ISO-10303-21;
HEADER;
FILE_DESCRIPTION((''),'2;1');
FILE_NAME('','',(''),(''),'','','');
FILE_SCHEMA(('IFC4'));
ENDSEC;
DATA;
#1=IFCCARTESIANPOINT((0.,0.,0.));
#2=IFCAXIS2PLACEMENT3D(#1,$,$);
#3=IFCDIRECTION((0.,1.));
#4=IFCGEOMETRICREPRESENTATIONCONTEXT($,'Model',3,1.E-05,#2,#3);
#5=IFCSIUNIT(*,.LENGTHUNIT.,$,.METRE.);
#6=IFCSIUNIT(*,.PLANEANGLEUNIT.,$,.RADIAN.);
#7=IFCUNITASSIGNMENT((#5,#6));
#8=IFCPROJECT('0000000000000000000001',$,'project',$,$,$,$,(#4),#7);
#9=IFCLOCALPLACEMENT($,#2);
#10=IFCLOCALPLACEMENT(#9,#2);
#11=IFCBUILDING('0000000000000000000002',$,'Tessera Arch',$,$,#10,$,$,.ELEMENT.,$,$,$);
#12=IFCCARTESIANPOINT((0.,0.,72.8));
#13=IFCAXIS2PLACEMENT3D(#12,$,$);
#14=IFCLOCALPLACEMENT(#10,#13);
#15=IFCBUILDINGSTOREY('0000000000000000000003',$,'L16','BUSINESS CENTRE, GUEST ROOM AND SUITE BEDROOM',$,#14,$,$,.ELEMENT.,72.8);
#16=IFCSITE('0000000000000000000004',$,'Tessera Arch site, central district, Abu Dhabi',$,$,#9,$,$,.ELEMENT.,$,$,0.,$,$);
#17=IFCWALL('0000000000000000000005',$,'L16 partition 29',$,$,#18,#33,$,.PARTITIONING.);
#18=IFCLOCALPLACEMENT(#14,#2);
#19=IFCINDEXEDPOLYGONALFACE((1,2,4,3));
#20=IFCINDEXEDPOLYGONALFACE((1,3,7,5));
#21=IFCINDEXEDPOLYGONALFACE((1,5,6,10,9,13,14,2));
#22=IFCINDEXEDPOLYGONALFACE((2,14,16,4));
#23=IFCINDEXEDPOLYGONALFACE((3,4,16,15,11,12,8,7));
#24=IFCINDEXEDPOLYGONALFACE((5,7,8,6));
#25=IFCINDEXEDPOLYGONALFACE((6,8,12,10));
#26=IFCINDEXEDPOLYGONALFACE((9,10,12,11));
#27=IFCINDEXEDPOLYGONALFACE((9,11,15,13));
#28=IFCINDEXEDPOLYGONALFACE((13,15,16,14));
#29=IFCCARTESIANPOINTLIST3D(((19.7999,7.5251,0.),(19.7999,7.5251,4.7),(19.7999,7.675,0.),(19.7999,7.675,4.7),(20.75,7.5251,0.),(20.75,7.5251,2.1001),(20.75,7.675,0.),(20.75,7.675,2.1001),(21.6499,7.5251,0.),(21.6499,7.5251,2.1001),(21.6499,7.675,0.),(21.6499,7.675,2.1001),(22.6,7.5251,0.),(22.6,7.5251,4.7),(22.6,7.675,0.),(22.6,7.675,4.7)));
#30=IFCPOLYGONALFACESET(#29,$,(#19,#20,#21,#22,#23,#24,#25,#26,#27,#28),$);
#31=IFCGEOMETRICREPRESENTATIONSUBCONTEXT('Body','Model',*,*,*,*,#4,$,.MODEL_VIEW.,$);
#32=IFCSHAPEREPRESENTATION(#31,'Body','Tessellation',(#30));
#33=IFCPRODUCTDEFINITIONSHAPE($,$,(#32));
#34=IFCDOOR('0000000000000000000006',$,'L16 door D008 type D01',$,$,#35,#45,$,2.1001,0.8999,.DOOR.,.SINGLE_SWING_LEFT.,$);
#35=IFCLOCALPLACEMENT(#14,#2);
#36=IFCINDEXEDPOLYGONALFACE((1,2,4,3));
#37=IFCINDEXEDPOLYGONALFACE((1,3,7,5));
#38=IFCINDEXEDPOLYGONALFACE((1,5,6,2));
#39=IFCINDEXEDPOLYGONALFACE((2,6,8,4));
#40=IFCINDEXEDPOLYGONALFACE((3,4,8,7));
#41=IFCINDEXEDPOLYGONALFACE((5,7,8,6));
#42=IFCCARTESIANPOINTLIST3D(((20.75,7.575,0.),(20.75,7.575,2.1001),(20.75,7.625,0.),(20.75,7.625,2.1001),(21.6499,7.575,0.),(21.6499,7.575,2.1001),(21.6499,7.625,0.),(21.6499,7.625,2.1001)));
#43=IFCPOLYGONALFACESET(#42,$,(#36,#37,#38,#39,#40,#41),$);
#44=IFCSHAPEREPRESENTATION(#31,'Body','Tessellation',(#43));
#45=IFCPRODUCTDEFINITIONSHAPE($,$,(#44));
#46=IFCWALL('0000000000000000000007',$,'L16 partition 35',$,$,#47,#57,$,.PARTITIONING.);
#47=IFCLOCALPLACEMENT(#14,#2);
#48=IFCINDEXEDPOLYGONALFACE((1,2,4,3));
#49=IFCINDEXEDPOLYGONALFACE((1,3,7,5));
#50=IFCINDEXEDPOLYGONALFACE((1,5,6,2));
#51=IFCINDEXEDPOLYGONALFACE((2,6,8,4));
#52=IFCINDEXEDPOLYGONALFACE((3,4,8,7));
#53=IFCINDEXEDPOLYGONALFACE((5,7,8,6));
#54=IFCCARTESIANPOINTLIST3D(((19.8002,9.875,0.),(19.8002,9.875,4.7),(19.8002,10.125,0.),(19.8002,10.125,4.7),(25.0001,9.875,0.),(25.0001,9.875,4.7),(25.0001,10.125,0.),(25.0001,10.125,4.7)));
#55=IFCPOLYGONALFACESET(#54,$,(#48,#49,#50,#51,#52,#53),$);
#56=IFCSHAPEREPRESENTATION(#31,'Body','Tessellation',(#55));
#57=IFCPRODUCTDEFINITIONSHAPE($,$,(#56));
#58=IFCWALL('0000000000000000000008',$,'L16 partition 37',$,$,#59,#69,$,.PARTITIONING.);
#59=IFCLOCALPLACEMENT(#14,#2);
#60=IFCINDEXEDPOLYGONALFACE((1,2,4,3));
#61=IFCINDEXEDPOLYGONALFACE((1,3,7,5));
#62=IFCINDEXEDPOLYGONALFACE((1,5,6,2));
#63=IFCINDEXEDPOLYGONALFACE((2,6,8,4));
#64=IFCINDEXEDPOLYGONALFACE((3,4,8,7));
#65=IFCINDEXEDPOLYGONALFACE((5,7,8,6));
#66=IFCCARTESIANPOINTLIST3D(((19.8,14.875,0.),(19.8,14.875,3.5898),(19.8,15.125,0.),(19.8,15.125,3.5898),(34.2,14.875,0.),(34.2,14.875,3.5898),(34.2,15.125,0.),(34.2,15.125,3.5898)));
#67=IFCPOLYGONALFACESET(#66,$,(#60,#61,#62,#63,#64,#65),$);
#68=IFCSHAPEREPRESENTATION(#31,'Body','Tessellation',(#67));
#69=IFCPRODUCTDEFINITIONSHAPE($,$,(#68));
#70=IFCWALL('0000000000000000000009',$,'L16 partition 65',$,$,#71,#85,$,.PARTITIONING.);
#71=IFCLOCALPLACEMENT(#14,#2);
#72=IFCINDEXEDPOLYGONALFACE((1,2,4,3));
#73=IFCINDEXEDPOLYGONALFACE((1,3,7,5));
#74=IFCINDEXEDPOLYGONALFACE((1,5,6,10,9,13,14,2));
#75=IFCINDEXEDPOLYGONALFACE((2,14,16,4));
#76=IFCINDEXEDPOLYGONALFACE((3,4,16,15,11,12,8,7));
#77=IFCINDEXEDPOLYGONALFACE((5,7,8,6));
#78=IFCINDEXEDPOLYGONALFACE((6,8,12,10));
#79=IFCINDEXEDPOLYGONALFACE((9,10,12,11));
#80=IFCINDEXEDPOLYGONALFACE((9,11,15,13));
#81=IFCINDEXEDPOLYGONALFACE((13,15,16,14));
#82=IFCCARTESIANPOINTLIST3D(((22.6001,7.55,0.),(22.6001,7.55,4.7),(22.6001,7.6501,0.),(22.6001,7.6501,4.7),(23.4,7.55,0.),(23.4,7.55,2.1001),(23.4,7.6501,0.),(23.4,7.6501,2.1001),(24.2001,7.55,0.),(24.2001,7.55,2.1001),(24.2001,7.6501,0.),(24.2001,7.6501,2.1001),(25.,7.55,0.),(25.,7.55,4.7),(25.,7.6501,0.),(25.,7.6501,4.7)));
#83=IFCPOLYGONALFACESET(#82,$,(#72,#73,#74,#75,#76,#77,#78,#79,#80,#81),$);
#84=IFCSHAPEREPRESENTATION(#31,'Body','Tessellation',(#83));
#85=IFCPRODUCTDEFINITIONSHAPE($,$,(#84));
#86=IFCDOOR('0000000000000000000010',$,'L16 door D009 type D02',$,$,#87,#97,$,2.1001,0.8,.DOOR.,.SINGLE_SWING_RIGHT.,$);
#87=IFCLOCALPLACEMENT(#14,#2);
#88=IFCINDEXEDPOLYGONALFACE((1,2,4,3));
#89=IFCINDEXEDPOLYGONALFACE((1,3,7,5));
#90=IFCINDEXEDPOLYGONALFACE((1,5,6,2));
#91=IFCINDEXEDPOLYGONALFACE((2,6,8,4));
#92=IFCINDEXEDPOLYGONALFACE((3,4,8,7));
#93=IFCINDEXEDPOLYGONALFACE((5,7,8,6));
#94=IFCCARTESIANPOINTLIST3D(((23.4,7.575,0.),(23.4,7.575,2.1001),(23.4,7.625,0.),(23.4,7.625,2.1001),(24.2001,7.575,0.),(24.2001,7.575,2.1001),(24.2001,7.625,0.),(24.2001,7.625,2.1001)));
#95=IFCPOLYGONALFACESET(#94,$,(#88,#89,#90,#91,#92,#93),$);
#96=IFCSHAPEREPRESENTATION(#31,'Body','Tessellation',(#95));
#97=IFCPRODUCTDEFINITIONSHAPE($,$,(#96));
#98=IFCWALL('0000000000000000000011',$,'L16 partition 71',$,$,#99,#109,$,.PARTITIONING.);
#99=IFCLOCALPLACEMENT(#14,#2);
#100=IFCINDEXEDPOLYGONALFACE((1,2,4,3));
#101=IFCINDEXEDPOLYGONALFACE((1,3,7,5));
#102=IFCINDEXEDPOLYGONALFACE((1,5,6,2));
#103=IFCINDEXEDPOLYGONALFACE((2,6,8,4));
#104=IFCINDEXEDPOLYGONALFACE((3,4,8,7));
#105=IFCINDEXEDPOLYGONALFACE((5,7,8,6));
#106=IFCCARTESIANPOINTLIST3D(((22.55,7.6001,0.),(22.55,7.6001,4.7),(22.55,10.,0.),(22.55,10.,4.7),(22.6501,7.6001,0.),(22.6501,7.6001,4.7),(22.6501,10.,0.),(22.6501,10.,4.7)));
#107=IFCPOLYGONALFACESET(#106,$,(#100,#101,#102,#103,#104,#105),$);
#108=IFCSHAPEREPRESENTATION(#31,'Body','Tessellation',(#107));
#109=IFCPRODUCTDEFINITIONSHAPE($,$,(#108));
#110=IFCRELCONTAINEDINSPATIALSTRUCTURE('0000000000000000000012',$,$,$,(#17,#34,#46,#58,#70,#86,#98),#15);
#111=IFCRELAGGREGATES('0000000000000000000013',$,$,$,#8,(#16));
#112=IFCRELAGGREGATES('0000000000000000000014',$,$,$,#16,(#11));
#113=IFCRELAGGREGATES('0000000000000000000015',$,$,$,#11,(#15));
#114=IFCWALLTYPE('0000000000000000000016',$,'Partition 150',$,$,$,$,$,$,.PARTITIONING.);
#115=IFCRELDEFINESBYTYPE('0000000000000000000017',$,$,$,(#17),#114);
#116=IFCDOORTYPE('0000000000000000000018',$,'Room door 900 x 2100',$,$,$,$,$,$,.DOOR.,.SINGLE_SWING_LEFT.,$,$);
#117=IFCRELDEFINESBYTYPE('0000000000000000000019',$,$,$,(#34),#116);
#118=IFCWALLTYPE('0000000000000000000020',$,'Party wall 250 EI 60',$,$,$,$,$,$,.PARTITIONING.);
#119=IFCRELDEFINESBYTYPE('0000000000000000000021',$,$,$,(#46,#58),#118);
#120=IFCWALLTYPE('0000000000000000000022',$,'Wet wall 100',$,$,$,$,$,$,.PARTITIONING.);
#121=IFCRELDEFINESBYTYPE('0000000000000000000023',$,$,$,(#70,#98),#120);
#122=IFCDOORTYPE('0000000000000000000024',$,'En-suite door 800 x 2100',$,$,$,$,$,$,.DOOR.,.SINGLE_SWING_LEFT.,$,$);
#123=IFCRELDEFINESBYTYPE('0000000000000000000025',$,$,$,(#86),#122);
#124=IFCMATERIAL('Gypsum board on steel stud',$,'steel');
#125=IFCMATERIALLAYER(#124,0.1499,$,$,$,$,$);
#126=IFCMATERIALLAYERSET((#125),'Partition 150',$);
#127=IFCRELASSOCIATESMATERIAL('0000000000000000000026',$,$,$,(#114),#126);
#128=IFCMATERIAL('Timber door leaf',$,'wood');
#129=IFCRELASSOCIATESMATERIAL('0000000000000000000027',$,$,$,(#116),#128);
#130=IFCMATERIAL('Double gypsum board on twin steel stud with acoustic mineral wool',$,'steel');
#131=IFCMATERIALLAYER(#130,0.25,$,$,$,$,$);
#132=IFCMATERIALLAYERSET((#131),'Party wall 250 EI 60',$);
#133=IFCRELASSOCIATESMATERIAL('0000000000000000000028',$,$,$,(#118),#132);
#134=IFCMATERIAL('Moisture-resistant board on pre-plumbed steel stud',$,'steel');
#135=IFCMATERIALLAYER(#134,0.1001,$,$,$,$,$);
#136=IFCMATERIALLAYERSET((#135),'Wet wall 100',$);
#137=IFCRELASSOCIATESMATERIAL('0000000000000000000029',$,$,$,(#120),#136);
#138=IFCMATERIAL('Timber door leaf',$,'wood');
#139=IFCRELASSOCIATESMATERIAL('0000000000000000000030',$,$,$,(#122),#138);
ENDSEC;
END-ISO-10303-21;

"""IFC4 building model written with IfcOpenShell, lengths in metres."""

from ifc_helpers import new_model, si_unit, direction, frame, frame_2d, origin, place, context, subcontext, project, spatial, rectangle, extrude, material, layer, layer_set, type_object, element, fill, save


model = new_model("IFC4")

# Units and contexts
model_context = context("Model", 3, precision=1e-05, world=origin(), true_north=direction((0.0, 1.0)))
body_context = subcontext(model_context, "Body", "Model", "MODEL_VIEW")
ifc_project = project(units=[si_unit("LENGTHUNIT", "METRE"), si_unit("PLANEANGLEUNIT", "RADIAN")], contexts=[model_context])

# Site, building, storey
site_placement = place(None, origin())
site = spatial("IfcSite", under=ifc_project, at=site_placement, Name="Tessera Arch site, central district, Abu Dhabi", CompositionType="ELEMENT", RefElevation=0.0)
building_placement = place(site_placement, origin())
building = spatial("IfcBuilding", under=site, at=building_placement, Name="Tessera Arch", CompositionType="ELEMENT")
storey_placement = place(building_placement, frame((0.0, 0.0, 72.8)))
storey = spatial("IfcBuildingStorey", under=building, at=storey_placement, Name="L16", Description="BUSINESS CENTRE, GUEST ROOM AND SUITE BEDROOM", CompositionType="ELEMENT", Elevation=72.8)

# Wall, opening, door
ifc_material_1 = material(Name="Gypsum board on steel stud", Category="steel")
ifc_layer_1 = layer(ifc_material_1, 0.1499)
ifc_layer_set_1 = layer_set([ifc_layer_1], Name="Partition 150")
wall_type_1 = type_object("IfcWallType", Name="Partition 150", PredefinedType="PARTITIONING", material=ifc_layer_set_1)
wall_1_placement = place(storey_placement, frame((19.8, 7.6001, 0.0), z_axis=(0.0, 0.0, 1.0), x_axis=(1.0, 0.0, 0.0)))
wall_1 = element("IfcWall", 1, at=wall_1_placement, inside=storey, type_object=wall_type_1, Name="L16 partition 29", PredefinedType="PARTITIONING", context=body_context, shape_type="SweptSolid", body=[
    extrude(rectangle(XDim=2.8, YDim=0.1499, at=frame_2d((1.3999, 0.0))), origin(), (0.0, 0.0, 1.0), 4.7),
])
opening_1_placement = place(wall_1_placement, frame((0.95, 0.0, 0.0)))
opening_1 = element("IfcOpeningElement", 2, at=opening_1_placement, cuts=wall_1, PredefinedType="OPENING", context=body_context, shape_type="SweptSolid", body=[
    extrude(rectangle(XDim=0.8999, YDim=2.1001, at=frame_2d((0.45, 1.05))), frame((0.0, 0.085, 0.0), z_axis=(0.0, -1.0, 0.0), x_axis=(1.0, 0.0, 0.0)), (0.0, 0.0, 1.0), 0.1699),
])
ifc_material_2 = material(Name="Timber door leaf", Category="wood")
door_type_1 = type_object("IfcDoorType", Name="Room door 900 x 2100", OperationType="SINGLE_SWING_LEFT", PredefinedType="DOOR", material=ifc_material_2)
door_1_placement = place(opening_1_placement, origin())
door_1 = element("IfcDoor", 3, at=door_1_placement, inside=storey, type_object=door_type_1, Name="L16 door D008 type D01", OperationType="SINGLE_SWING_LEFT", OverallHeight=2.1001, OverallWidth=0.8999, PredefinedType="DOOR", context=body_context, shape_type="SweptSolid", body=[
    extrude(rectangle(XDim=0.8999, YDim=2.1001, at=frame_2d((0.45, 1.05))), frame((0.0, 0.0249, 0.0), z_axis=(0.0, -1.0, 0.0), x_axis=(1.0, 0.0, 0.0)), (0.0, 0.0, 1.0), 0.05),
])
fill(opening_1, door_1)

# Walls
ifc_material_3 = material(Name="Double gypsum board on twin steel stud with acoustic mineral wool", Category="steel")
ifc_layer_2 = layer(ifc_material_3, 0.25)
ifc_layer_set_2 = layer_set([ifc_layer_2], Name="Party wall 250 EI 60")
wall_type_2 = type_object("IfcWallType", Name="Party wall 250 EI 60", PredefinedType="PARTITIONING", material=ifc_layer_set_2)
wall_2_placement = place(storey_placement, frame((19.8, 10.0, 0.0), z_axis=(0.0, 0.0, 1.0), x_axis=(1.0, 0.0, 0.0)))
element("IfcWall", 4, at=wall_2_placement, inside=storey, type_object=wall_type_2, Name="L16 partition 35", PredefinedType="PARTITIONING", context=body_context, shape_type="SweptSolid", body=[
    extrude(rectangle(XDim=5.2, YDim=0.25, at=frame_2d((2.6001, 0.0))), origin(), (0.0, 0.0, 1.0), 4.7),
])
wall_3_placement = place(storey_placement, frame((19.8, 15.0, 0.0), z_axis=(0.0, 0.0, 1.0), x_axis=(1.0, 0.0, 0.0)))
element("IfcWall", 5, at=wall_3_placement, inside=storey, type_object=wall_type_2, Name="L16 partition 37", PredefinedType="PARTITIONING", context=body_context, shape_type="SweptSolid", body=[
    extrude(rectangle(XDim=14.3999, YDim=0.25, at=frame_2d((7.2, 0.0))), origin(), (0.0, 0.0, 1.0), 3.5898),
])

# Wall, opening, door
ifc_material_4 = material(Name="Moisture-resistant board on pre-plumbed steel stud", Category="steel")
ifc_layer_3 = layer(ifc_material_4, 0.1001)
ifc_layer_set_3 = layer_set([ifc_layer_3], Name="Wet wall 100")
wall_type_3 = type_object("IfcWallType", Name="Wet wall 100", PredefinedType="PARTITIONING", material=ifc_layer_set_3)
wall_4_placement = place(storey_placement, frame((22.6001, 7.6001, 0.0), z_axis=(0.0, 0.0, 1.0), x_axis=(1.0, 0.0, 0.0)))
wall_4 = element("IfcWall", 6, at=wall_4_placement, inside=storey, type_object=wall_type_3, Name="L16 partition 65", PredefinedType="PARTITIONING", context=body_context, shape_type="SweptSolid", body=[
    extrude(rectangle(XDim=2.3999, YDim=0.1001, at=frame_2d((1.2, 0.0))), origin(), (0.0, 0.0, 1.0), 4.7),
])
opening_2_placement = place(wall_4_placement, frame((0.8, 0.0, 0.0)))
opening_2 = element("IfcOpeningElement", 7, at=opening_2_placement, cuts=wall_4, PredefinedType="OPENING", context=body_context, shape_type="SweptSolid", body=[
    extrude(rectangle(XDim=0.8, YDim=2.1001, at=frame_2d((0.3999, 1.05))), frame((0.0, 0.0601, 0.0), z_axis=(0.0, -1.0, 0.0), x_axis=(1.0, 0.0, 0.0)), (0.0, 0.0, 1.0), 0.1201),
])
ifc_material_5 = material(Name="Timber door leaf", Category="wood")
door_type_2 = type_object("IfcDoorType", Name="En-suite door 800 x 2100", OperationType="SINGLE_SWING_LEFT", PredefinedType="DOOR", material=ifc_material_5)
door_2_placement = place(opening_2_placement, origin())
door_2 = element("IfcDoor", 8, at=door_2_placement, inside=storey, type_object=door_type_2, Name="L16 door D009 type D02", OperationType="SINGLE_SWING_RIGHT", OverallHeight=2.1001, OverallWidth=0.8, PredefinedType="DOOR", context=body_context, shape_type="SweptSolid", body=[
    extrude(rectangle(XDim=0.8, YDim=2.1001, at=frame_2d((0.3999, 1.05))), frame((0.0, 0.0249, 0.0), z_axis=(0.0, -1.0, 0.0), x_axis=(1.0, 0.0, 0.0)), (0.0, 0.0, 1.0), 0.05),
])
fill(opening_2, door_2)

# Wall
wall_5_placement = place(storey_placement, frame((22.6001, 7.6001, 0.0), z_axis=(0.0, 0.0, 1.0), x_axis=(0.0, 1.0, 0.0)))
element("IfcWall", 9, at=wall_5_placement, inside=storey, type_object=wall_type_3, Name="L16 partition 71", PredefinedType="PARTITIONING", context=body_context, shape_type="SweptSolid", body=[
    extrude(rectangle(XDim=2.3999, YDim=0.1001, at=frame_2d((1.2, 0.0))), origin(), (0.0, 0.0, 1.0), 4.7),
])

save(model, "model.ifc")
